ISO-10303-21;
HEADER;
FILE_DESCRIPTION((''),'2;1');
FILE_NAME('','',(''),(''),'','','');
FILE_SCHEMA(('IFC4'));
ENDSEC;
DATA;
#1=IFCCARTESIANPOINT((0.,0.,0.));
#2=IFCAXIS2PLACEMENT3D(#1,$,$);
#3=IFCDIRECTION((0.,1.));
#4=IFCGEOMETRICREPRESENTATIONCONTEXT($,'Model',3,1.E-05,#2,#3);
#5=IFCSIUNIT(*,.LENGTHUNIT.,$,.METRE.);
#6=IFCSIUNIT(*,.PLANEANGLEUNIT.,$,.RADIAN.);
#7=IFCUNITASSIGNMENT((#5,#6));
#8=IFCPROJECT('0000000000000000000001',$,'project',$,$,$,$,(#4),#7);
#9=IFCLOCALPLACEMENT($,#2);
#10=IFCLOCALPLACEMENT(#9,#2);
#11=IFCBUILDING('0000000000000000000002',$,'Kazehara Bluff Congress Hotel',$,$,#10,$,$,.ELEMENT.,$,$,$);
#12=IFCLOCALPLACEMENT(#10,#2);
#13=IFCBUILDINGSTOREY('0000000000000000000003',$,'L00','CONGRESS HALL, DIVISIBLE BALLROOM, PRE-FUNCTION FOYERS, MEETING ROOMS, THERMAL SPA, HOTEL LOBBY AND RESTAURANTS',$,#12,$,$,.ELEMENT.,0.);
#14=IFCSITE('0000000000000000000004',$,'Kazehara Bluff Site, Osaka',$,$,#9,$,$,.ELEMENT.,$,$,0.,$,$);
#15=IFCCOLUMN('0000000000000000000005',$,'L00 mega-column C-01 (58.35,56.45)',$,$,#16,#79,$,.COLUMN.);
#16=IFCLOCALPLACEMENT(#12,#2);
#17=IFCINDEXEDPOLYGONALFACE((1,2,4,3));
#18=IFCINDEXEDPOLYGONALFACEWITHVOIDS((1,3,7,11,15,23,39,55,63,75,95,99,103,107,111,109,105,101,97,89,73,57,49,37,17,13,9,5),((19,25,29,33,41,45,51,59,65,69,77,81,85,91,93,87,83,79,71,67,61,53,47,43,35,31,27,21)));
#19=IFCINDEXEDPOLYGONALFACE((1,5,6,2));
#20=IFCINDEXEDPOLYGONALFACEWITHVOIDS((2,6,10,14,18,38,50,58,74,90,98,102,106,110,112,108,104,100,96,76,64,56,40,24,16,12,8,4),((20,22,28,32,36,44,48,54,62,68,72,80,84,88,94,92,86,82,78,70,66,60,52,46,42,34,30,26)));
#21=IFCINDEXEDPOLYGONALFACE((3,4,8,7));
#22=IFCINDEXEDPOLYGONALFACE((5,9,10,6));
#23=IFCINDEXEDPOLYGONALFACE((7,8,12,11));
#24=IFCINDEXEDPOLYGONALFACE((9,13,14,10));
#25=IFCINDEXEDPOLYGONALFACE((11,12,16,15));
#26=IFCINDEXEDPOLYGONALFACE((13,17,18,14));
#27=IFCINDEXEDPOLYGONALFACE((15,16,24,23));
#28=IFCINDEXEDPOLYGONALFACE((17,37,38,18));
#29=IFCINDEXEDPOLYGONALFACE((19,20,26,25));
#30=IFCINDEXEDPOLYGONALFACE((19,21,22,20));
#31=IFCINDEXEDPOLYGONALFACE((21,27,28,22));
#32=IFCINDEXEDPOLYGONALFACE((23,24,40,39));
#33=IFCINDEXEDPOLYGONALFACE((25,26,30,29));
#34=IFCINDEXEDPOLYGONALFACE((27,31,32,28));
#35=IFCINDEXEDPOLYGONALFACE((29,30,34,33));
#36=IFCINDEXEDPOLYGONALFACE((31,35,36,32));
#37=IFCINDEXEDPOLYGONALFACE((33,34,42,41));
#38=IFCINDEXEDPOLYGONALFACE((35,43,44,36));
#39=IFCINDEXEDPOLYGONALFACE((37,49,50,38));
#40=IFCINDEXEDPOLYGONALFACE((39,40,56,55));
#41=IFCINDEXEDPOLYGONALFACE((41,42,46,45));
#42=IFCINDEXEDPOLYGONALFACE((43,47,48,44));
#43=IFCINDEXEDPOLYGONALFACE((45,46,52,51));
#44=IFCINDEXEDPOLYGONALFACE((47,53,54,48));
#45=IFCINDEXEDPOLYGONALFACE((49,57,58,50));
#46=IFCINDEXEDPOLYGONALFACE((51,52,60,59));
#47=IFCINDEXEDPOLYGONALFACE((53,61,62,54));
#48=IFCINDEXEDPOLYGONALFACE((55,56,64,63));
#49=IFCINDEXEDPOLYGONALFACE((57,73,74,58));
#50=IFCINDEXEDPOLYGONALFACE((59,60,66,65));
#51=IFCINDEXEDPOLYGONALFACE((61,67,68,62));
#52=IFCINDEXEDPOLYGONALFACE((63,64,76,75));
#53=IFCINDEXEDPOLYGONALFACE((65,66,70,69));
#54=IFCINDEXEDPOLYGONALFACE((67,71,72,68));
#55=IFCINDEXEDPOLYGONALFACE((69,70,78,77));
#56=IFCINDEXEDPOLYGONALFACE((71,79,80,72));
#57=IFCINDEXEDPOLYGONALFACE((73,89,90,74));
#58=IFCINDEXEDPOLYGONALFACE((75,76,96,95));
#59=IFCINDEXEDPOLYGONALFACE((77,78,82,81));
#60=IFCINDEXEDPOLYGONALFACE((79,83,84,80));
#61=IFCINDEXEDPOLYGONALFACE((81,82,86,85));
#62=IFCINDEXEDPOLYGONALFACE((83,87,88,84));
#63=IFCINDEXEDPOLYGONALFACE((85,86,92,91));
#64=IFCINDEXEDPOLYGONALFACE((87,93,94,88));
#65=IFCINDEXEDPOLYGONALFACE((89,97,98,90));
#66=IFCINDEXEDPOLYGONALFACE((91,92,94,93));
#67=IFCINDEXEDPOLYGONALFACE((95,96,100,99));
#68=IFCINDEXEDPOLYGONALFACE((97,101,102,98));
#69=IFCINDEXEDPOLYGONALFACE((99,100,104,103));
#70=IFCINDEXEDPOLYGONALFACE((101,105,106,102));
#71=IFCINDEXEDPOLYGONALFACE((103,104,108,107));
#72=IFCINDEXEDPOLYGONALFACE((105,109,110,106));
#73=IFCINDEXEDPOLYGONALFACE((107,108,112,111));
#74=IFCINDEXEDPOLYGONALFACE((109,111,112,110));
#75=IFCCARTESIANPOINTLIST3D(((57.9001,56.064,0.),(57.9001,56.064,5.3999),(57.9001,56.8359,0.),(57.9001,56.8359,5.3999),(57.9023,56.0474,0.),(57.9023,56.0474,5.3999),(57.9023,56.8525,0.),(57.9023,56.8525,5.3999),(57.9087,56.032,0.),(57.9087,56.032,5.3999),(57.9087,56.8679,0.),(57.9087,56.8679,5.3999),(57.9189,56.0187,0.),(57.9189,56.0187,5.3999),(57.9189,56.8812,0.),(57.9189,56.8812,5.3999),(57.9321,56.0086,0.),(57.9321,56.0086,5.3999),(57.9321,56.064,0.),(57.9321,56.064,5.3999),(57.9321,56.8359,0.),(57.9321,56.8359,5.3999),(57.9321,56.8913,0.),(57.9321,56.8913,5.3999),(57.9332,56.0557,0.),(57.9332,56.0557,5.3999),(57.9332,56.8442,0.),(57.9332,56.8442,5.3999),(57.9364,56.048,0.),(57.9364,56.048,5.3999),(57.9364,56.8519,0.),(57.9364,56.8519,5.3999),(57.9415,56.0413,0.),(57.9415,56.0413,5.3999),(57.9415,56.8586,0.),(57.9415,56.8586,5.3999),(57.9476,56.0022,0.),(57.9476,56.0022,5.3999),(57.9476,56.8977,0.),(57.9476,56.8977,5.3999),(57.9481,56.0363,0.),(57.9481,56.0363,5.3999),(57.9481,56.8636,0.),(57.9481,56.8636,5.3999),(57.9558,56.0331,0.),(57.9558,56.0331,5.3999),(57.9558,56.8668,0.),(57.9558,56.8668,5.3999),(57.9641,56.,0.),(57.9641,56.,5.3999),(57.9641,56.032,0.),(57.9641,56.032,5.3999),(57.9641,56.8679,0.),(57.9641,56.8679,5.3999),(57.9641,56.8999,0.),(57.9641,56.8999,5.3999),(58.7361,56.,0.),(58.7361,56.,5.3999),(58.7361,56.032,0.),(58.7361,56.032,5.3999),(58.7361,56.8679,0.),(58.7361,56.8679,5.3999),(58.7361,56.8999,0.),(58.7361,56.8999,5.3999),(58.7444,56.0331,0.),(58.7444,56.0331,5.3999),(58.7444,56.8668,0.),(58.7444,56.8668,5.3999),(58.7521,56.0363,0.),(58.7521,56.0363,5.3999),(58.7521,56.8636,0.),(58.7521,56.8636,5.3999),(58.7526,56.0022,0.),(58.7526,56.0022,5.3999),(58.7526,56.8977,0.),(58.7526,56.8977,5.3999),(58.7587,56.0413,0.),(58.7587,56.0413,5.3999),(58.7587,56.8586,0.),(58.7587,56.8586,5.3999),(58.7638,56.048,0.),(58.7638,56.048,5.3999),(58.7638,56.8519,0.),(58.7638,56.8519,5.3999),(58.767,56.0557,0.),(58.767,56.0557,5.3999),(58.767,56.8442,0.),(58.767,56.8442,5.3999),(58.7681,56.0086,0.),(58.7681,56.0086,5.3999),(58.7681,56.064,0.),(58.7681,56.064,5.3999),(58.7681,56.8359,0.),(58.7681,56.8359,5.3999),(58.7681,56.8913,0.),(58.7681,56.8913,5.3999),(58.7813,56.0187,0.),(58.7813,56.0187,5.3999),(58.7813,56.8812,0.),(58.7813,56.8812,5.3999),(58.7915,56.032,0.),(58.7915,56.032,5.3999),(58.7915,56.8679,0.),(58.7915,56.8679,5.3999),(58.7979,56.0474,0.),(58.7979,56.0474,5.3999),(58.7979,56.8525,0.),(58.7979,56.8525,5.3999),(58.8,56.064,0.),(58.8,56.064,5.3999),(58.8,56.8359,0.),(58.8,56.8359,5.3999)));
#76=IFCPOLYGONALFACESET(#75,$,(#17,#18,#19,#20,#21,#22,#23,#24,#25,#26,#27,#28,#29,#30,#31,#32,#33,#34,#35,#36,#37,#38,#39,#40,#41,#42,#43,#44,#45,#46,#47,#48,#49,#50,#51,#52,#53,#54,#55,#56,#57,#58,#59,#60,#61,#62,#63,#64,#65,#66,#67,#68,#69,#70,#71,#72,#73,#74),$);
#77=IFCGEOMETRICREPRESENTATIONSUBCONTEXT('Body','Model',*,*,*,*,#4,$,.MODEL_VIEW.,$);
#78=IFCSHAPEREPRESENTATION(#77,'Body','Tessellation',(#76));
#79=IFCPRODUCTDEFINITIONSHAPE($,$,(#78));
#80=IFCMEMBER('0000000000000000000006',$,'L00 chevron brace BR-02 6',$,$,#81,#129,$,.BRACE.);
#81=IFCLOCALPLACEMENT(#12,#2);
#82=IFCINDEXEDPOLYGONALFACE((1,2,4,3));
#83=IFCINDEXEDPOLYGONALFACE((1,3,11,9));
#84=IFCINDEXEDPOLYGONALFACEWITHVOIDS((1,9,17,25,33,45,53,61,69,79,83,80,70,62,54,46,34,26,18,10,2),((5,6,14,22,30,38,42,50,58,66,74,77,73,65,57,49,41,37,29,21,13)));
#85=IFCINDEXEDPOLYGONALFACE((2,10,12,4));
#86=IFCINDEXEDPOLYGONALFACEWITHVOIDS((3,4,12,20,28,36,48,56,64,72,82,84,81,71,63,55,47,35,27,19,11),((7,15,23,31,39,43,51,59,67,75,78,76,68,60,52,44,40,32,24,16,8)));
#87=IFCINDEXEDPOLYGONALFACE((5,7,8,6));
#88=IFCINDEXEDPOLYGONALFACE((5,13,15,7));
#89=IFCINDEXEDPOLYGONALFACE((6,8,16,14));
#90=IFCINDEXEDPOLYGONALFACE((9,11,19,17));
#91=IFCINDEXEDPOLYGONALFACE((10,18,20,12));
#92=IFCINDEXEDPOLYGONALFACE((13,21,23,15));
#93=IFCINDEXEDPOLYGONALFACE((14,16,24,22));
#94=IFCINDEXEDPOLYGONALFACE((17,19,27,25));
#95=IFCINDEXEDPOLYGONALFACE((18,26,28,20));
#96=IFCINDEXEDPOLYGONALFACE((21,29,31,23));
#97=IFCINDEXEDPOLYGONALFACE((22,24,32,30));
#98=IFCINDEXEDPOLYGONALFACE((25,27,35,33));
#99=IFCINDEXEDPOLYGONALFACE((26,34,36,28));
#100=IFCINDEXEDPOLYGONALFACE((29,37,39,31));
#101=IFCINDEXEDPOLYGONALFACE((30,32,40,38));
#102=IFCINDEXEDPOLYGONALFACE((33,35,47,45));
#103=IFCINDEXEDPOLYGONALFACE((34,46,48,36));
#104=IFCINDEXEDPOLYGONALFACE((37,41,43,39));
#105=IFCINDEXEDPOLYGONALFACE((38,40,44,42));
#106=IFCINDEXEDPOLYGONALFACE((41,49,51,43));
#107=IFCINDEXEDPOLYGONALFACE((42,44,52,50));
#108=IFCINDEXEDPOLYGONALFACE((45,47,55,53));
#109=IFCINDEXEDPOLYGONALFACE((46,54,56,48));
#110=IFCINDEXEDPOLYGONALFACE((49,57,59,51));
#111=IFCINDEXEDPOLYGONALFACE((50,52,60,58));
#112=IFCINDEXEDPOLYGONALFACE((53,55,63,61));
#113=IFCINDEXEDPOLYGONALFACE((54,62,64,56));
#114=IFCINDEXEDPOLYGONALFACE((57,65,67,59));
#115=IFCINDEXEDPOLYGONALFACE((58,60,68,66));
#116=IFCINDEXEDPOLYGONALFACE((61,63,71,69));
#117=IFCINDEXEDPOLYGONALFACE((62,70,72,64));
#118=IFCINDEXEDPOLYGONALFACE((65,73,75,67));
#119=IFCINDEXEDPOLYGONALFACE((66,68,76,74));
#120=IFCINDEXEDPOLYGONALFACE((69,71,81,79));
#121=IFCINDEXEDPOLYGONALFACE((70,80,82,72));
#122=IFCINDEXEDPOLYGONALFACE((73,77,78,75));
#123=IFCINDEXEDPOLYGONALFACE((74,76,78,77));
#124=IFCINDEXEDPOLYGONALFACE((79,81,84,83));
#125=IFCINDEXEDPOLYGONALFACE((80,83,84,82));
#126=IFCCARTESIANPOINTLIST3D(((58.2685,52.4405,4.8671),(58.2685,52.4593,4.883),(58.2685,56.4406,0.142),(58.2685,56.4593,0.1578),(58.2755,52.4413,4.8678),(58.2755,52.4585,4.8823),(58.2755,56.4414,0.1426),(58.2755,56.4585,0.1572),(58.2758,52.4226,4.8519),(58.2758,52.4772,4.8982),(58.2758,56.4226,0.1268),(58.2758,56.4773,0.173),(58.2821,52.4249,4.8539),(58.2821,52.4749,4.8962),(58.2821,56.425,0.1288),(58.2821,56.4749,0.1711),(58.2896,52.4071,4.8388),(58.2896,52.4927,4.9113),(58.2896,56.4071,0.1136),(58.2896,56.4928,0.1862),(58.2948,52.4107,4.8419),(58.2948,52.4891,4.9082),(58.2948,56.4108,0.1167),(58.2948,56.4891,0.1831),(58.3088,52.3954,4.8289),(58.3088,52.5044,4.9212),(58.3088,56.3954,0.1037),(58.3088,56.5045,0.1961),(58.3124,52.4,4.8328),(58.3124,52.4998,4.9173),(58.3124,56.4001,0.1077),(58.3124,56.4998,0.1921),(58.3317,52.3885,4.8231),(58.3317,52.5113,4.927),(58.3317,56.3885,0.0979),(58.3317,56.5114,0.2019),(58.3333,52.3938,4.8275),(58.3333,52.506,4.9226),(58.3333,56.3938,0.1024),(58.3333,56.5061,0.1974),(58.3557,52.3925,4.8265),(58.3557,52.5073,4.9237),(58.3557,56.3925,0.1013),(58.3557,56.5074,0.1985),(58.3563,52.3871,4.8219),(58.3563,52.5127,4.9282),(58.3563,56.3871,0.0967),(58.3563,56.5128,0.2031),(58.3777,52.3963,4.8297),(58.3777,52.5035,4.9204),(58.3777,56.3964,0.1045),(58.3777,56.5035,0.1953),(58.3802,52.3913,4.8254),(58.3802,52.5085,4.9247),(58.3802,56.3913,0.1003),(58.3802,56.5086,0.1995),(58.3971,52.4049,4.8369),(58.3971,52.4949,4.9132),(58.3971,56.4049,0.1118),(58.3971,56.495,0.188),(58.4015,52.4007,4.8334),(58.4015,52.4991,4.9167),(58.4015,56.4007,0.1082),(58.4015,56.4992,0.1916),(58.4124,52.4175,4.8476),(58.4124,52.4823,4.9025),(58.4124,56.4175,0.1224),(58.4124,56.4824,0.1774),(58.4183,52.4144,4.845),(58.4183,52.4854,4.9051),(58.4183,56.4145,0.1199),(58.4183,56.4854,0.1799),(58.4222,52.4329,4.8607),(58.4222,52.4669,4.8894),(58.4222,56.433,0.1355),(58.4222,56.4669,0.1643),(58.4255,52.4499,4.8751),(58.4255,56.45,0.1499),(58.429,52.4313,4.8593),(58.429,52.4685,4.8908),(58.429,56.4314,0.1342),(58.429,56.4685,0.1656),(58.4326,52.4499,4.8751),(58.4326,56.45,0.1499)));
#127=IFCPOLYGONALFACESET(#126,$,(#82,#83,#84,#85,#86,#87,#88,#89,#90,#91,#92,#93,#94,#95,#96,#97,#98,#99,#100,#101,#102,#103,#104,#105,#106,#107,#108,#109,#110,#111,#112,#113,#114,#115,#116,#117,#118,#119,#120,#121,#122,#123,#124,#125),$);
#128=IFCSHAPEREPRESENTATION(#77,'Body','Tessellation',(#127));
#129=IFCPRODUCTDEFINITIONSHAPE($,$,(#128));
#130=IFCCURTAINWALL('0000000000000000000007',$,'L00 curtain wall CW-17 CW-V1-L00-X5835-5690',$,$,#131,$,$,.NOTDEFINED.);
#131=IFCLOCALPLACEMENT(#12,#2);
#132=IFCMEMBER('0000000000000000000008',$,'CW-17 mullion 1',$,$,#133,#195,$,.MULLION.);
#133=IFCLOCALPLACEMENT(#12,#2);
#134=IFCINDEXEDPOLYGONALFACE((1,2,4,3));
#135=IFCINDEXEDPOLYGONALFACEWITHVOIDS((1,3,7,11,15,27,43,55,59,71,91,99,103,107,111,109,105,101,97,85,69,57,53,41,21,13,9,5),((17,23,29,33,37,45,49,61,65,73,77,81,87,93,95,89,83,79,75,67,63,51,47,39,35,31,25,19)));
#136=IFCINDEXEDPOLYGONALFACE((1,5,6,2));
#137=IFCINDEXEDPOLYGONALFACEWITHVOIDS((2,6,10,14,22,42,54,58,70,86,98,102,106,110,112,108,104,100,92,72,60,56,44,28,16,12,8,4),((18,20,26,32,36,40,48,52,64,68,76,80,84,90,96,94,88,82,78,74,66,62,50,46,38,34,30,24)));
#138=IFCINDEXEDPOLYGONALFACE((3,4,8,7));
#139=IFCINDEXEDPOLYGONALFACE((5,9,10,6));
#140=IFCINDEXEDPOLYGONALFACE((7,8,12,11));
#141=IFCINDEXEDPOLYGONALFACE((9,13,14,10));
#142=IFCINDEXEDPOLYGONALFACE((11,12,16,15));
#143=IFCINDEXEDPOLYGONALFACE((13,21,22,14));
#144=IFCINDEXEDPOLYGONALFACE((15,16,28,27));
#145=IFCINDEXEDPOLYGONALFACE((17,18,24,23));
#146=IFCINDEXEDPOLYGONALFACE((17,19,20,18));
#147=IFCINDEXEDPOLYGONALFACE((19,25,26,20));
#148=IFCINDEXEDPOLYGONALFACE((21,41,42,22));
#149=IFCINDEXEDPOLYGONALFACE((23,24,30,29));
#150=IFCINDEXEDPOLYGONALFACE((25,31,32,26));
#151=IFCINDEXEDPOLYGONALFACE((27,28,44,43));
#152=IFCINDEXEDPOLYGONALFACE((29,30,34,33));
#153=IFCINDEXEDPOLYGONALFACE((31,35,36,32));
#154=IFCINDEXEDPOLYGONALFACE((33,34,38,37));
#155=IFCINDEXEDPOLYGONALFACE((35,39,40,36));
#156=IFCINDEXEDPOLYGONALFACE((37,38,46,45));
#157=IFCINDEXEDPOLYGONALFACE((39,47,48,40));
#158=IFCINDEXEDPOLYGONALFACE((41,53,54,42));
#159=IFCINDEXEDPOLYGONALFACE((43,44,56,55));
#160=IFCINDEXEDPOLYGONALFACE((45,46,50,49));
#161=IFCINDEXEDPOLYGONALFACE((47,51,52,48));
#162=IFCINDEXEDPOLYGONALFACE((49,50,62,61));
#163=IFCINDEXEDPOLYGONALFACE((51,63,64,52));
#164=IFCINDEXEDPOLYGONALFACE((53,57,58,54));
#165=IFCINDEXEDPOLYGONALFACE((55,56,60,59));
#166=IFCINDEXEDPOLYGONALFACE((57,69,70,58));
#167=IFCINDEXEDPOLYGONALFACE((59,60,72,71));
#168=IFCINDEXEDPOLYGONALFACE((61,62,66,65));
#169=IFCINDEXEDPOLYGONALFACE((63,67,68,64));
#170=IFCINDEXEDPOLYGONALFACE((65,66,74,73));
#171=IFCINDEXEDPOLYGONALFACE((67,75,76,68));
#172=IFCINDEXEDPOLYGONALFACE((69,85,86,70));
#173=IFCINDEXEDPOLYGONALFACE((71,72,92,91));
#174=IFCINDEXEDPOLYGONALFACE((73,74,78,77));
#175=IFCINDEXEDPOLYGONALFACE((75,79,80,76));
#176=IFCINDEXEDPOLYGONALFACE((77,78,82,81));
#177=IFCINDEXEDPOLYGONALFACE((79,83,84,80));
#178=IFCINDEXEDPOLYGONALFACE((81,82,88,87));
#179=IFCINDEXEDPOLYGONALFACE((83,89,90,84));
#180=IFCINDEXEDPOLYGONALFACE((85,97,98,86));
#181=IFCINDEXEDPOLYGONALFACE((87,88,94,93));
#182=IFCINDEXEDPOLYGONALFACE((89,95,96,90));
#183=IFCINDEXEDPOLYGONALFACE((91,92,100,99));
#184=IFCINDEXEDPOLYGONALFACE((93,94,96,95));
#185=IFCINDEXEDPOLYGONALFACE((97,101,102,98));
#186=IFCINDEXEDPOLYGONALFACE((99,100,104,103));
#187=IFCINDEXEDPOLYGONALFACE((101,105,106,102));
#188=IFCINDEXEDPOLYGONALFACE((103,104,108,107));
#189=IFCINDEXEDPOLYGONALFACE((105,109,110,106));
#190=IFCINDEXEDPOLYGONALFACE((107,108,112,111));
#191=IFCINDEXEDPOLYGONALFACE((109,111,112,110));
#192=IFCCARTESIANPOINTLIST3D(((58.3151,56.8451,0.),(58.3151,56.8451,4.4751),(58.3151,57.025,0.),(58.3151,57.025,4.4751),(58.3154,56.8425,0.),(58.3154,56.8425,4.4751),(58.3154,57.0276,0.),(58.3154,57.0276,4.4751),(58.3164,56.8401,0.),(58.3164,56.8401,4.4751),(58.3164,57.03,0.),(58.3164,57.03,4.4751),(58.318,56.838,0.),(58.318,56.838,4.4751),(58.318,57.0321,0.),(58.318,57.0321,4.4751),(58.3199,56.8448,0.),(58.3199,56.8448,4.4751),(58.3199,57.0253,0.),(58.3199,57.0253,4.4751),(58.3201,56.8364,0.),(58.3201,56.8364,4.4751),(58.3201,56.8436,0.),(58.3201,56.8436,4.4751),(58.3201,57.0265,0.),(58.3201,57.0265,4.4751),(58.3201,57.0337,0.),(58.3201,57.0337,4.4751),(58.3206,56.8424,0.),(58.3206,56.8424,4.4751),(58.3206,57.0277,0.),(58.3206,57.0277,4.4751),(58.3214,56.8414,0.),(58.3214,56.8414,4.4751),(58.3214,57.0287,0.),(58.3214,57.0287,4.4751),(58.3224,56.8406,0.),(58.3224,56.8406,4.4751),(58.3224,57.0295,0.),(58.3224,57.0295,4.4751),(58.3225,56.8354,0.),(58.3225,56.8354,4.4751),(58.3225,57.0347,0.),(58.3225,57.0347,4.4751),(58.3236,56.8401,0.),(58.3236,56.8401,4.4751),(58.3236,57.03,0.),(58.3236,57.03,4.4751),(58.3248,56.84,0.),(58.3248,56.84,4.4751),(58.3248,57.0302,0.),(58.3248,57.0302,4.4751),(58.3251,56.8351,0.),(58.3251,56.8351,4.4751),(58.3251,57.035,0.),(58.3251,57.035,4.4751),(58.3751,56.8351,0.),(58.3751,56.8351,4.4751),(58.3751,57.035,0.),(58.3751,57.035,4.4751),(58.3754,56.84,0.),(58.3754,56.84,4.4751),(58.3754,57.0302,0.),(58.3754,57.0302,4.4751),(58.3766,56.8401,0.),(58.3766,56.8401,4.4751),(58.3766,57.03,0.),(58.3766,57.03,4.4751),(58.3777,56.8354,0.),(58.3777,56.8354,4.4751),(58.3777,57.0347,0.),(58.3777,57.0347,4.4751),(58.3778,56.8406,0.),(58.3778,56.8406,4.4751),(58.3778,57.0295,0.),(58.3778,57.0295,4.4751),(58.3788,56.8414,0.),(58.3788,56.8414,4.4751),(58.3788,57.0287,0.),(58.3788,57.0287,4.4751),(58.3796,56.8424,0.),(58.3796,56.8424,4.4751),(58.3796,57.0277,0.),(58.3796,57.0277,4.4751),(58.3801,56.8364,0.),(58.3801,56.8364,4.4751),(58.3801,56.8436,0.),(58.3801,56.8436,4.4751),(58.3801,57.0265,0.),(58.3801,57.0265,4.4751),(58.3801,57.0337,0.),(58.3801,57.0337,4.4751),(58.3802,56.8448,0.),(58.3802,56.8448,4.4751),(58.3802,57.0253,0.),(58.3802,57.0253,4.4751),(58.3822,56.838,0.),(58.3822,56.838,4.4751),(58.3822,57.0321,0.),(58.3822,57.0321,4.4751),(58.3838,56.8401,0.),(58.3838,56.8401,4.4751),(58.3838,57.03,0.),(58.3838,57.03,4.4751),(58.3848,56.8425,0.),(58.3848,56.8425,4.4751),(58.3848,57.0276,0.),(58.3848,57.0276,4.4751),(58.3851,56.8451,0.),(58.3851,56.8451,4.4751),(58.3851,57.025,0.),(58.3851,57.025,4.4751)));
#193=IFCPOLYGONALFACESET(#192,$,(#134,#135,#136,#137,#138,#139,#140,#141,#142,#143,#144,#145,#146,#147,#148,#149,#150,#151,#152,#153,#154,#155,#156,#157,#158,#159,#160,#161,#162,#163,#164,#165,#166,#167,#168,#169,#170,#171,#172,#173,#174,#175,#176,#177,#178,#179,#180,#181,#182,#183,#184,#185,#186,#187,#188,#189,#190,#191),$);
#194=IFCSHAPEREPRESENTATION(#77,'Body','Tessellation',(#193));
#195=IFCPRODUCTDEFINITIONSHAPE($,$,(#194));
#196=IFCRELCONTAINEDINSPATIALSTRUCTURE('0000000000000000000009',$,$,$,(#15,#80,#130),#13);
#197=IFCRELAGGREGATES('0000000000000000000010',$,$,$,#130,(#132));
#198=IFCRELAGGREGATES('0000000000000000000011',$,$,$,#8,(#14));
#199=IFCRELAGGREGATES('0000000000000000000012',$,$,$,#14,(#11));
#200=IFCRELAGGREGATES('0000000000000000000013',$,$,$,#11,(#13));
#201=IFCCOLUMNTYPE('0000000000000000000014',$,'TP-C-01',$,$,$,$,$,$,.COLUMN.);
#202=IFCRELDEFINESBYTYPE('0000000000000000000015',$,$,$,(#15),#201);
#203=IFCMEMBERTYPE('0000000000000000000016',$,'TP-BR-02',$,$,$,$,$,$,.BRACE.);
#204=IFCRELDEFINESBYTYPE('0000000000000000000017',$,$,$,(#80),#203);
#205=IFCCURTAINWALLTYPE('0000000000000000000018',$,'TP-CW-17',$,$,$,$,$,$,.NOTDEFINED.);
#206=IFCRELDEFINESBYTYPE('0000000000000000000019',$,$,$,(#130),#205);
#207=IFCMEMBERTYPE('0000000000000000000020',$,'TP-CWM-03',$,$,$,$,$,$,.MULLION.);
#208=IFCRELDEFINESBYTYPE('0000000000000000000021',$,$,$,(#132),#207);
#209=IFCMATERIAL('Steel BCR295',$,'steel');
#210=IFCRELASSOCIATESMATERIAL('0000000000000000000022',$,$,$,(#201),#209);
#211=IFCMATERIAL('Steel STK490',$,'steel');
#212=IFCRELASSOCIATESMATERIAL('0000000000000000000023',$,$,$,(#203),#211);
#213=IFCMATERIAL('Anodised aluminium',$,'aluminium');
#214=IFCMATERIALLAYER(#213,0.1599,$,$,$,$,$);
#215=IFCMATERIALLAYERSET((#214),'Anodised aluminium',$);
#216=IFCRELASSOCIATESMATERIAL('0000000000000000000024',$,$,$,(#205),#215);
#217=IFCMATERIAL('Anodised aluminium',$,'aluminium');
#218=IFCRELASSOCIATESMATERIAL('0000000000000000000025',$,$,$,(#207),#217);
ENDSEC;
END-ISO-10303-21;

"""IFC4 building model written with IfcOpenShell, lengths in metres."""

from ifc_helpers import new_model, si_unit, direction, frame, origin, origin_2d, place, context, subcontext, project, spatial, hollow_rectangle, hollow_circle, extrude, material, layer, layer_set, material_profile, profile_set, type_object, element, aggregate, save


model = new_model("IFC4")

# Units and contexts
model_context = context("Model", 3, precision=1e-05, world=origin(), true_north=direction((0.0, 1.0)))
body_context = subcontext(model_context, "Body", "Model", "MODEL_VIEW")
ifc_project = project(units=[si_unit("LENGTHUNIT", "METRE"), si_unit("PLANEANGLEUNIT", "RADIAN")], contexts=[model_context])

# Site, building, storey
site_placement = place(None, origin())
site = spatial("IfcSite", under=ifc_project, at=site_placement, Name="Kazehara Bluff Site, Osaka", CompositionType="ELEMENT", RefElevation=0.0)
building_placement = place(site_placement, origin())
building = spatial("IfcBuilding", under=site, at=building_placement, Name="Kazehara Bluff Congress Hotel", CompositionType="ELEMENT")
storey_placement = place(building_placement, origin())
storey = spatial("IfcBuildingStorey", under=building, at=storey_placement, Name="L00", Description="CONGRESS HALL, DIVISIBLE BALLROOM, PRE-FUNCTION FOYERS, MEETING ROOMS, THERMAL SPA, HOTEL LOBBY AND RESTAURANTS", CompositionType="ELEMENT", Elevation=0.0)

# Column
ifc_material_1 = material(Name="Steel BCR295", Category="steel")
ifc_material_profile_1 = material_profile(ifc_material_1, hollow_rectangle(XDim=0.8999, YDim=0.8999, WallThickness=0.032, InnerFilletRadius=0.032, OuterFilletRadius=0.064, at=origin_2d()))
ifc_profile_set_1 = profile_set([ifc_material_profile_1], Name="Steel BCR295")
column_type = type_object("IfcColumnType", Name="TP-C-01", PredefinedType="COLUMN", material=ifc_profile_set_1)
column_placement = place(storey_placement, frame((58.3501, 56.45, 0.0), z_axis=(0.0, 0.0, 1.0), x_axis=(1.0, 0.0, 0.0)))
element("IfcColumn", 1, at=column_placement, inside=storey, type_object=column_type, Name="L00 mega-column C-01 (58.35,56.45)", PredefinedType="COLUMN", context=body_context, shape_type="SweptSolid", body=[
    extrude(hollow_rectangle(XDim=0.8999, YDim=0.8999, WallThickness=0.032, InnerFilletRadius=0.032, OuterFilletRadius=0.064, at=origin_2d()), origin(), (0.0, 0.0, 1.0), 5.3999),
])

# Member
ifc_material_2 = material(Name="Steel STK490", Category="steel")
ifc_material_profile_2 = material_profile(ifc_material_2, hollow_circle(Radius=0.0825, WallThickness=0.0071, at=origin_2d()))
ifc_profile_set_2 = profile_set([ifc_material_profile_2], Name="Steel STK490")
member_type_1 = type_object("IfcMemberType", Name="TP-BR-02", PredefinedType="BRACE", material=ifc_profile_set_2)
member_1_placement = place(storey_placement, frame((58.3501, 56.45, 0.1499), z_axis=(0.0, -0.646115, 0.76324), x_axis=(1.0, 0.0, 0.0)))
element("IfcMember", 2, at=member_1_placement, inside=storey, type_object=member_type_1, Name="L00 chevron brace BR-02 6", PredefinedType="BRACE", context=body_context, shape_type="SweptSolid", body=[
    extrude(hollow_circle(Radius=0.0825, WallThickness=0.0071, at=origin_2d()), origin(), (0.0, 0.0, 1.0), 6.1909),
])

# Curtain wall, member
ifc_material_3 = material(Name="Anodised aluminium", Category="aluminium")
ifc_layer_1 = layer(ifc_material_3, 0.1599)
ifc_layer_set_1 = layer_set([ifc_layer_1], Name="Anodised aluminium")
curtain_wall_type_1 = type_object("IfcCurtainWallType", Name="TP-CW-17", PredefinedType="NOTDEFINED", material=ifc_layer_set_1)
curtain_wall_1_placement = place(storey_placement, origin())
curtain_wall_1 = element("IfcCurtainWall", 3, at=curtain_wall_1_placement, inside=storey, type_object=curtain_wall_type_1, Name="L00 curtain wall CW-17 CW-V1-L00-X5835-5690", PredefinedType="NOTDEFINED")
ifc_material_4 = material(Name="Anodised aluminium", Category="aluminium")
ifc_material_profile_3 = material_profile(ifc_material_4, hollow_rectangle(XDim=0.0701, YDim=0.2, WallThickness=0.0049, InnerFilletRadius=0.0049, OuterFilletRadius=0.01, at=origin_2d()))
ifc_profile_set_3 = profile_set([ifc_material_profile_3], Name="Anodised aluminium")
member_type_2 = type_object("IfcMemberType", Name="TP-CWM-03", PredefinedType="MULLION", material=ifc_profile_set_3)
member_2_placement = place(storey_placement, frame((58.3501, 56.9351, 0.0), z_axis=(0.0, 0.0, 1.0), x_axis=(-1.0, 0.0, 0.0)))
member_2 = element("IfcMember", 4, at=member_2_placement, type_object=member_type_2, Name="CW-17 mullion 1", PredefinedType="MULLION", context=body_context, shape_type="SweptSolid", body=[
    extrude(hollow_rectangle(XDim=0.0701, YDim=0.2, WallThickness=0.0049, InnerFilletRadius=0.0049, OuterFilletRadius=0.01, at=origin_2d()), origin(), (0.0, 0.0, 1.0), 4.4751),
])

aggregate(curtain_wall_1, [member_2])

save(model, "model.ifc")
